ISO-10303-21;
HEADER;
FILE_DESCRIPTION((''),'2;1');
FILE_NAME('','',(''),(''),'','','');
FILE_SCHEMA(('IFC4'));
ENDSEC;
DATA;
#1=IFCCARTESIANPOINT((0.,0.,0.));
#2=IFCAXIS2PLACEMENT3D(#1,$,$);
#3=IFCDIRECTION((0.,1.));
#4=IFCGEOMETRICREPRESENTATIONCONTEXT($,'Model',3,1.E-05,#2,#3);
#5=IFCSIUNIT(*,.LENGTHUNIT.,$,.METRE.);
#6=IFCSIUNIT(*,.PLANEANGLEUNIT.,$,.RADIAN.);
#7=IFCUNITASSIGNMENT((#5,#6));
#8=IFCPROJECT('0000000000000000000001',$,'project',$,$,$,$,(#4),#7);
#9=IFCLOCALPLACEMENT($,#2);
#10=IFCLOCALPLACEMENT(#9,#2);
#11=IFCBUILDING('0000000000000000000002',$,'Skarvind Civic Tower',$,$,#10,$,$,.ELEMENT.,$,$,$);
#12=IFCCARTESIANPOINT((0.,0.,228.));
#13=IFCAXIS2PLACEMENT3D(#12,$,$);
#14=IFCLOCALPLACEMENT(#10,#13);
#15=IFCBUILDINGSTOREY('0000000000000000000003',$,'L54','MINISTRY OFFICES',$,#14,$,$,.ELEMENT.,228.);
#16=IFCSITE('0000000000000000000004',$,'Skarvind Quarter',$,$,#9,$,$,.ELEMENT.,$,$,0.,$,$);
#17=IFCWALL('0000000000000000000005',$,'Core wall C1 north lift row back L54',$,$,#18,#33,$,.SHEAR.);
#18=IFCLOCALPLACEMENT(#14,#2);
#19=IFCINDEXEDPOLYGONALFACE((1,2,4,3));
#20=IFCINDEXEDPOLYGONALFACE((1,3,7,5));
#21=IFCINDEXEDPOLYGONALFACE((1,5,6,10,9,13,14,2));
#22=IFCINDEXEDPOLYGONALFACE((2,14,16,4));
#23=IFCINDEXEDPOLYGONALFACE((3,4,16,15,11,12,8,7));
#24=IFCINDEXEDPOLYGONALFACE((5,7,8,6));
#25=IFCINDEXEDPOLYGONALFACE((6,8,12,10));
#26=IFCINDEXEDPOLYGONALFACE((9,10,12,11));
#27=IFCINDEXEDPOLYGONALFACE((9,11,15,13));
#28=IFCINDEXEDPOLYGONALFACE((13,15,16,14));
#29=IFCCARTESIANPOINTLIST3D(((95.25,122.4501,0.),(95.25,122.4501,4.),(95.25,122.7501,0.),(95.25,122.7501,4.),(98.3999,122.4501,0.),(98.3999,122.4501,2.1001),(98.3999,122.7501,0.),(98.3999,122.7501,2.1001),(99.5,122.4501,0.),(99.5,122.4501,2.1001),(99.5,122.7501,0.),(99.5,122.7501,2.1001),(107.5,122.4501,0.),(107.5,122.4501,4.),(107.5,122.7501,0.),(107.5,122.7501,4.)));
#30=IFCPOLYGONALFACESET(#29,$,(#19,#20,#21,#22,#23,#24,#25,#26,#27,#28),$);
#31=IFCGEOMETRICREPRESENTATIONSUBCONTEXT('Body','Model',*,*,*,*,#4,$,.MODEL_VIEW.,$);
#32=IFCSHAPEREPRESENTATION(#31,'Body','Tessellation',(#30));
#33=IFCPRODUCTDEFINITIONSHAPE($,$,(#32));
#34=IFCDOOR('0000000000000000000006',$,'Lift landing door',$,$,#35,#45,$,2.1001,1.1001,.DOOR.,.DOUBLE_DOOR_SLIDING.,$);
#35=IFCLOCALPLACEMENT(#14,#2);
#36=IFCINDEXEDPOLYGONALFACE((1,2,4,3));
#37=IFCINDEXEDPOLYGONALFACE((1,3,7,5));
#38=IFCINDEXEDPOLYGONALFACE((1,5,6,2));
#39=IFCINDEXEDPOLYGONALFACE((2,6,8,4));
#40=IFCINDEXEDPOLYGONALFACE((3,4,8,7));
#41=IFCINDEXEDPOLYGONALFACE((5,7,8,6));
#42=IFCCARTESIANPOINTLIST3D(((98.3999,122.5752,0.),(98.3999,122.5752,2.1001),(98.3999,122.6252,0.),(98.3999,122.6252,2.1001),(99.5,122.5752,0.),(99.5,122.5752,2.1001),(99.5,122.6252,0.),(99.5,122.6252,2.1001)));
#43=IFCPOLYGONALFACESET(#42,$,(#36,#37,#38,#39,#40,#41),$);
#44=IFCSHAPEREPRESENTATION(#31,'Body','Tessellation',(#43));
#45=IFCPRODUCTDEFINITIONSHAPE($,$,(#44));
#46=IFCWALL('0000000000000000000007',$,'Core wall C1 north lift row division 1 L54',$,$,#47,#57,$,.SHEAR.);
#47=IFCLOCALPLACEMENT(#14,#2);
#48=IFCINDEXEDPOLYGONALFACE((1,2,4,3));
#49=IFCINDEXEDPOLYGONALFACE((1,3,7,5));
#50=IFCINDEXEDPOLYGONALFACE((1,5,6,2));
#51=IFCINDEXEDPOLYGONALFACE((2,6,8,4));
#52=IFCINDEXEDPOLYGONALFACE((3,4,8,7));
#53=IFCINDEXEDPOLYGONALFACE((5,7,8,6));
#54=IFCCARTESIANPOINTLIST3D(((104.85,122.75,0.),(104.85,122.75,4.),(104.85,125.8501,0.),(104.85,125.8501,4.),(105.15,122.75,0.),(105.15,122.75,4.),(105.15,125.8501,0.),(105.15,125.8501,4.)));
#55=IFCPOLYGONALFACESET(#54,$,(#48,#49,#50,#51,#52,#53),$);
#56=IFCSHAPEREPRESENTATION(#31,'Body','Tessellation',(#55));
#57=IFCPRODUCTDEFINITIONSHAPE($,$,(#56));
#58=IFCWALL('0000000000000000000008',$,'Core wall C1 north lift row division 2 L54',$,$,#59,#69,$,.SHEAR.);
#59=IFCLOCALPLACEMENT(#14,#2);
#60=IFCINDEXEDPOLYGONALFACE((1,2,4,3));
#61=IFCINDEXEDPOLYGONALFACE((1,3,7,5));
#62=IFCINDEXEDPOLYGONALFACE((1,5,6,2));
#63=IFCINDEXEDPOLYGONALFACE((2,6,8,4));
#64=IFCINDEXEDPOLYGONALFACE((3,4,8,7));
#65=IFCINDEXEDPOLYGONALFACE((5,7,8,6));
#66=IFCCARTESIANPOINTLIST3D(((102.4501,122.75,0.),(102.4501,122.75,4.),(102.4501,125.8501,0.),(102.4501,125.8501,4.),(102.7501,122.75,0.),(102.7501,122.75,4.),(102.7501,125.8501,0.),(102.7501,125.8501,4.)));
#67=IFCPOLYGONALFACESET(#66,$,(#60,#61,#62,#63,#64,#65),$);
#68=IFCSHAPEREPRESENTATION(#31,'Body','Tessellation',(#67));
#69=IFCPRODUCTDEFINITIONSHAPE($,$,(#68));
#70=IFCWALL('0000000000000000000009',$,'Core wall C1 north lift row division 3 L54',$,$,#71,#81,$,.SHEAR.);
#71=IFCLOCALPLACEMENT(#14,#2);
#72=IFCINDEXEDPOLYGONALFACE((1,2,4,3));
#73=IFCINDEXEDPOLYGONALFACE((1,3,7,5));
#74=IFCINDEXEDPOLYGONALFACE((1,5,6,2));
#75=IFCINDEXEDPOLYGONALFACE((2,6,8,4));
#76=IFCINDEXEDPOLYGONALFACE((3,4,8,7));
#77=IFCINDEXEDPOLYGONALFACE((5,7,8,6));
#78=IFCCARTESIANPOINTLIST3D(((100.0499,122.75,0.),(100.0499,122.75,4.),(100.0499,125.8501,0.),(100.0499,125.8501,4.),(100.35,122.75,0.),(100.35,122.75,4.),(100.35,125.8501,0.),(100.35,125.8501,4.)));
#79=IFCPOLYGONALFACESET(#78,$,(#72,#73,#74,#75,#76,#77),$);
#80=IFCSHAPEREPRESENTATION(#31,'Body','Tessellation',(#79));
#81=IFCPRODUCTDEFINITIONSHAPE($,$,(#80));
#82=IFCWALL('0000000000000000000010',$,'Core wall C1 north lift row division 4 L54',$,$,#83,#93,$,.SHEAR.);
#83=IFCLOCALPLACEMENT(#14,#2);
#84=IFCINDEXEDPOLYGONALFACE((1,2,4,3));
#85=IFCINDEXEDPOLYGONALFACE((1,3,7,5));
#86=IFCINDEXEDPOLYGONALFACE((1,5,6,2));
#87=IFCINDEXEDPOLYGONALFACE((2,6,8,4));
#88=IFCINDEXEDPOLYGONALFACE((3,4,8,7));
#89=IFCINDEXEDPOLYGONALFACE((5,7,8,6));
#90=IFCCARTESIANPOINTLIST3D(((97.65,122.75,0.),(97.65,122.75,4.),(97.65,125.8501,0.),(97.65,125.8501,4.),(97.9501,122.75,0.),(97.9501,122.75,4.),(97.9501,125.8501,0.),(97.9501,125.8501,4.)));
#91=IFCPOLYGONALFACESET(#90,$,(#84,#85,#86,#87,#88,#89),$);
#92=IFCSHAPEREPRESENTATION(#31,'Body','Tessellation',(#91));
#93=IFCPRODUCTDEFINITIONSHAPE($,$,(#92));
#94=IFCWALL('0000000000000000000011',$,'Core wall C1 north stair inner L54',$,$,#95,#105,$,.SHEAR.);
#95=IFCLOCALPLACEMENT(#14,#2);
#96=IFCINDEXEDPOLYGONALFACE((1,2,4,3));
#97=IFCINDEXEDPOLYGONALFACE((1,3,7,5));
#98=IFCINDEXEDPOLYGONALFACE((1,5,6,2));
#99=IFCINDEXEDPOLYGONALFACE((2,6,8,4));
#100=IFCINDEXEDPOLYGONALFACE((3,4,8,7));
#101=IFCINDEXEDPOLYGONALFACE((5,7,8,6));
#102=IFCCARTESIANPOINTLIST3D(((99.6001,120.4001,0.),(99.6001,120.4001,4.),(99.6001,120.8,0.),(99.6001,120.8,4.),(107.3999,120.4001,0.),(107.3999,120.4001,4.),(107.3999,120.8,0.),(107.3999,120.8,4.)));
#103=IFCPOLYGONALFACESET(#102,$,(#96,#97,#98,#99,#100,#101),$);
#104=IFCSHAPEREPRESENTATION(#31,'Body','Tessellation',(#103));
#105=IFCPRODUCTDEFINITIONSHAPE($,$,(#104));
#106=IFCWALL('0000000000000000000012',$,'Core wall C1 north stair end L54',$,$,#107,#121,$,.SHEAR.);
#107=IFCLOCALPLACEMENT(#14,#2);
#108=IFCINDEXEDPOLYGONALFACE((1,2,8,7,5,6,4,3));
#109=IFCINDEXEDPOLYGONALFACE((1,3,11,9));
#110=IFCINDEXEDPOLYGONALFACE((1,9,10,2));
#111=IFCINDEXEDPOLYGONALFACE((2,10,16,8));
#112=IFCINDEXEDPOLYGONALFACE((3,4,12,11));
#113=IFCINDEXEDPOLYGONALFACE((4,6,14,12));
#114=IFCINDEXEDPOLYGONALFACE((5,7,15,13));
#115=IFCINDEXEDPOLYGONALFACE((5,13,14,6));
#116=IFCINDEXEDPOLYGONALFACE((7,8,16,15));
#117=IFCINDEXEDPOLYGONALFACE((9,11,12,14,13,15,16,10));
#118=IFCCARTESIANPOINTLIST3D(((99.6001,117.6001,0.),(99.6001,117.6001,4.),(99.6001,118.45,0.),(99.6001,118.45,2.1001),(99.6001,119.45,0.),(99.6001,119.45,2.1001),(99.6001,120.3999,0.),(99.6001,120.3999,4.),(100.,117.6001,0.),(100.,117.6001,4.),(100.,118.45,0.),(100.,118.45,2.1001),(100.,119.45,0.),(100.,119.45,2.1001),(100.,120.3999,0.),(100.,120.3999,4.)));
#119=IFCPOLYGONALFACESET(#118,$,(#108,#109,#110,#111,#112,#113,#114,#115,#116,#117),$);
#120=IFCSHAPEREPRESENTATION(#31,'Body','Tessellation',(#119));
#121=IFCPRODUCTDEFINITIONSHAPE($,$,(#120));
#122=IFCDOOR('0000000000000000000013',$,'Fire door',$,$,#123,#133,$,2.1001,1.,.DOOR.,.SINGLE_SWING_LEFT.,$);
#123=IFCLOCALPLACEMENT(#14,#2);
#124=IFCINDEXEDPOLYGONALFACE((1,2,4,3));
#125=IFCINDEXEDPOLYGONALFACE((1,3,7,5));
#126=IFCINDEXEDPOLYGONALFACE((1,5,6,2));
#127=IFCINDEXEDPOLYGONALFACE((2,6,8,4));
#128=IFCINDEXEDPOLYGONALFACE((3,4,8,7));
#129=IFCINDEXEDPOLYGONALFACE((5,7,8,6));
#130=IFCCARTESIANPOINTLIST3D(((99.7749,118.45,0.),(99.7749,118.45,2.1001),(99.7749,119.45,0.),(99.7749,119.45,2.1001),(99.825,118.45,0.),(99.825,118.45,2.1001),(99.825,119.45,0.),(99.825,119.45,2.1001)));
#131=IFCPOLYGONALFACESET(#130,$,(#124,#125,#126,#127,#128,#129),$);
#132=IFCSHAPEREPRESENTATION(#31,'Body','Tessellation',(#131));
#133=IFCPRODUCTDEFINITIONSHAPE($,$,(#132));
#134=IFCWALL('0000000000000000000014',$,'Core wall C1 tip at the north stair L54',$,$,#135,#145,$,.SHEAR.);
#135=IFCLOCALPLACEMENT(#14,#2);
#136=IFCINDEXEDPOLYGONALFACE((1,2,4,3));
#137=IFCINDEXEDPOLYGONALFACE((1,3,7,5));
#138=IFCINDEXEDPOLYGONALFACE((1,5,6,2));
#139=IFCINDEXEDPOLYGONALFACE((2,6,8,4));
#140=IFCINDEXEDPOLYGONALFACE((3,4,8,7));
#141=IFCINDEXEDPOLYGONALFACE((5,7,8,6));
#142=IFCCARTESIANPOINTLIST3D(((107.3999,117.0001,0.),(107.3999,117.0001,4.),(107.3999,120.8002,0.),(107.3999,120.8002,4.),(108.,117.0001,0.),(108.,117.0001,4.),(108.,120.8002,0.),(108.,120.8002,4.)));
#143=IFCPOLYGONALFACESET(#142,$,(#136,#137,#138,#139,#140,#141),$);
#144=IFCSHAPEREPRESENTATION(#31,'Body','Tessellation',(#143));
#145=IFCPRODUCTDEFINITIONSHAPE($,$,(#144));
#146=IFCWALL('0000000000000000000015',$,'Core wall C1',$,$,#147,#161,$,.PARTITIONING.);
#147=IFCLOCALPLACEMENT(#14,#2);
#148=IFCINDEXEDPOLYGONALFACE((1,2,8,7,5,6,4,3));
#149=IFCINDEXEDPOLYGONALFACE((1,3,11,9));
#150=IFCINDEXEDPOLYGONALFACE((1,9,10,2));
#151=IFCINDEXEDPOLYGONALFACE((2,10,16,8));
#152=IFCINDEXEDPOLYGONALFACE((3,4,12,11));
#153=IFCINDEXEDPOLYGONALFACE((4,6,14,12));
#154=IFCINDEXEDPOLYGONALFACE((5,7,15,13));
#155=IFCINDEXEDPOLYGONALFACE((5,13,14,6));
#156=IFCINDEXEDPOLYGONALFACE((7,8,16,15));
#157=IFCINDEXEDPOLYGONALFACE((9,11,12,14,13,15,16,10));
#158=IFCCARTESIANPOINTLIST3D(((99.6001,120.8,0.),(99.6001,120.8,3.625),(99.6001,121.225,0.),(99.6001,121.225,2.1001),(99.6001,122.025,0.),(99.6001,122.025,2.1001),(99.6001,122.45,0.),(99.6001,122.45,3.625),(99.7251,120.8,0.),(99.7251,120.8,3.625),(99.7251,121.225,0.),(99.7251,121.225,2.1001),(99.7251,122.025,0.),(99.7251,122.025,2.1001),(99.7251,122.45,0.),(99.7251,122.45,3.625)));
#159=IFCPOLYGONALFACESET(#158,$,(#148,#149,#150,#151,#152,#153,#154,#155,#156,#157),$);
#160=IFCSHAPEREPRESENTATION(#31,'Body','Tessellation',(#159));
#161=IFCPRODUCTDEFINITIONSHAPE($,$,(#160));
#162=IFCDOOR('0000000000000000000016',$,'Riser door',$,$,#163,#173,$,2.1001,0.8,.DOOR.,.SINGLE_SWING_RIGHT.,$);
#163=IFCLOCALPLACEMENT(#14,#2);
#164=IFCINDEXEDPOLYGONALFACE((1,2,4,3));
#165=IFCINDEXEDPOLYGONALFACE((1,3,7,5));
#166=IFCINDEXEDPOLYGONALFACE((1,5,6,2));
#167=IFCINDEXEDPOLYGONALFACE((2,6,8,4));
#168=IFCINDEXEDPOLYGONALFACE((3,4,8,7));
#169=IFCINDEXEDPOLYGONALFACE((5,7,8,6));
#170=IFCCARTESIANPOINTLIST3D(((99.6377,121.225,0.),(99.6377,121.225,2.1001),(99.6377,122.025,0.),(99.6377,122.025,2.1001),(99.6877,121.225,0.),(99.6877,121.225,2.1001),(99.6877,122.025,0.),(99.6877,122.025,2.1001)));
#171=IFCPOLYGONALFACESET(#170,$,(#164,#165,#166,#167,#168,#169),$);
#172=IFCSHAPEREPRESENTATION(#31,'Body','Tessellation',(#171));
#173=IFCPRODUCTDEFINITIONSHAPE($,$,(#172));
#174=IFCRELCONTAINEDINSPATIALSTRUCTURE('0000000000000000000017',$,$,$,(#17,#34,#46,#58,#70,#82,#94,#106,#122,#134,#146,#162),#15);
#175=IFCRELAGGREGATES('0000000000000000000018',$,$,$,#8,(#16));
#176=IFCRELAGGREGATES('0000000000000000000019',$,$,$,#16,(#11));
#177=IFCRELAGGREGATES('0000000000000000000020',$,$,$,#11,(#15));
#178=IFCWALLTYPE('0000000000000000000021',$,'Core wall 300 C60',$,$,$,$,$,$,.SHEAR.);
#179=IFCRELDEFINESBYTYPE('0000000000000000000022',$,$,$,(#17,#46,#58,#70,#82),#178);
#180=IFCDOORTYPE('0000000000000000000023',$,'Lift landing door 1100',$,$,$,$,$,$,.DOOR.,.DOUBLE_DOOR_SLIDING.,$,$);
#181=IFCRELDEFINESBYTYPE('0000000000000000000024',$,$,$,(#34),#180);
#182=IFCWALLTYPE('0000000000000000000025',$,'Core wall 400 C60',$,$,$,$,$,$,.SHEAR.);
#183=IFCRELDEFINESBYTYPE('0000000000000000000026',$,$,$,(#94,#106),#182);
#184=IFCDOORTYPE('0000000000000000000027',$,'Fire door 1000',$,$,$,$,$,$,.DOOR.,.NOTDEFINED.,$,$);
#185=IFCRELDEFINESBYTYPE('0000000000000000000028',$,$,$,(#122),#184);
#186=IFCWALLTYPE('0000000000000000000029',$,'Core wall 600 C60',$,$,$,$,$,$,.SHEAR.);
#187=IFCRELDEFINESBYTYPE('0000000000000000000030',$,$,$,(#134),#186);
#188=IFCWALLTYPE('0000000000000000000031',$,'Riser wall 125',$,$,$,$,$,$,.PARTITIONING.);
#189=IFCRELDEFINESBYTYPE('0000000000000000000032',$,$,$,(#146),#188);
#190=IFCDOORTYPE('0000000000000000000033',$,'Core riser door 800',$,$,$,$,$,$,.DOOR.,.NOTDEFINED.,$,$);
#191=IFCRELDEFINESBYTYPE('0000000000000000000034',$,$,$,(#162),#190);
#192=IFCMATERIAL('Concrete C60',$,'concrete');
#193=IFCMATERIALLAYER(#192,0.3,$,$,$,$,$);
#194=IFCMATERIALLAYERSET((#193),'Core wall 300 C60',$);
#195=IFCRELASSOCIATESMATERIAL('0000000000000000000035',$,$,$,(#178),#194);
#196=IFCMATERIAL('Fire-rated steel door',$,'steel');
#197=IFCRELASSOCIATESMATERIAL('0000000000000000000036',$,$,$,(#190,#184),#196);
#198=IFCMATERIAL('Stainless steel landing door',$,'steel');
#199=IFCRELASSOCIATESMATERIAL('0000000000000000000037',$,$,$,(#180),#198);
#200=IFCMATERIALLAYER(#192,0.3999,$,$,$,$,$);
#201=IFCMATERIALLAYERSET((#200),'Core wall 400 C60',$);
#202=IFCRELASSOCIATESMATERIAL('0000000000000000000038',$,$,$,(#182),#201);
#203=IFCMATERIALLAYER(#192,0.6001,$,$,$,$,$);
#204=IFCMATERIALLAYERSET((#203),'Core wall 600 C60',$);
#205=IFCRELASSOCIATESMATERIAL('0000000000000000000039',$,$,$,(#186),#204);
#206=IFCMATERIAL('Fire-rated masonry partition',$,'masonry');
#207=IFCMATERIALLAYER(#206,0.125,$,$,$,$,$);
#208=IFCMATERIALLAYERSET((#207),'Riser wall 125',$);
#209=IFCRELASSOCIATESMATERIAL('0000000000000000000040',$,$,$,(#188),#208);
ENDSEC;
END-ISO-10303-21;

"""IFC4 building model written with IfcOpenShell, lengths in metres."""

from ifc_helpers import new_model, si_unit, direction, frame, frame_2d, origin, place, context, subcontext, project, spatial, rectangle, extrude, material, layer, layer_set, type_object, element, fill, save


model = new_model("IFC4")

# Units and contexts
model_context = context("Model", 3, precision=1e-05, world=origin(), true_north=direction((0.0, 1.0)))
body_context = subcontext(model_context, "Body", "Model", "MODEL_VIEW")
ifc_project = project(units=[si_unit("LENGTHUNIT", "METRE"), si_unit("PLANEANGLEUNIT", "RADIAN")], contexts=[model_context])

# Site, building, storey
site_placement = place(None, origin())
site = spatial("IfcSite", under=ifc_project, at=site_placement, Name="Skarvind Quarter", CompositionType="ELEMENT", RefElevation=0.0)
building_placement = place(site_placement, origin())
building = spatial("IfcBuilding", under=site, at=building_placement, Name="Skarvind Civic Tower", CompositionType="ELEMENT")
storey_placement = place(building_placement, frame((0.0, 0.0, 228.0)))
storey = spatial("IfcBuildingStorey", under=building, at=storey_placement, Name="L54", Description="MINISTRY OFFICES", CompositionType="ELEMENT", Elevation=228.0)

# Shared definitions
ifc_material_1 = material(Name="Concrete C60", Category="concrete")
ifc_layer_1 = layer(ifc_material_1, 0.3)
ifc_layer_set_1 = layer_set([ifc_layer_1], Name="Core wall 300 C60")
wall_type_1 = type_object("IfcWallType", Name="Core wall 300 C60", PredefinedType="SHEAR", material=ifc_layer_set_1)
ifc_material_2 = material(Name="Fire-rated steel door", Category="steel")
door_type_1 = type_object("IfcDoorType", Name="Core riser door 800", OperationType="NOTDEFINED", PredefinedType="DOOR", material=ifc_material_2)

# Shared definitions
ifc_material_3 = material(Name="Stainless steel landing door", Category="steel")
door_type_2 = type_object("IfcDoorType", Name="Lift landing door 1100", OperationType="DOUBLE_DOOR_SLIDING", PredefinedType="DOOR", material=ifc_material_3)

# Wall, opening, door
wall_1_placement = place(storey_placement, frame((107.5, 122.6001, 0.0), z_axis=(0.0, 0.0, 1.0), x_axis=(-1.0, 0.0, 0.0)))
wall_1 = element("IfcWall", 1, at=wall_1_placement, inside=storey, type_object=wall_type_1, Name="Core wall C1 north lift row back L54", PredefinedType="SHEAR", context=body_context, shape_type="SweptSolid", body=[
    extrude(rectangle(XDim=12.25, YDim=0.3, at=frame_2d((6.125, 0.0))), origin(), (0.0, 0.0, 1.0), 4.0),
])
opening_1_placement = place(wall_1_placement, frame((8.0, 0.0, 0.0)))
opening_1 = element("IfcOpeningElement", 2, at=opening_1_placement, cuts=wall_1, PredefinedType="OPENING", context=body_context, shape_type="SweptSolid", body=[
    extrude(rectangle(XDim=1.1001, YDim=2.1001, at=frame_2d((0.55, 1.05))), frame((0.0, 0.1599, 0.0), z_axis=(0.0, -1.0, 0.0), x_axis=(1.0, 0.0, 0.0)), (0.0, 0.0, 1.0), 0.3201),
])
door_1_placement = place(opening_1_placement, origin())
door_1 = element("IfcDoor", 3, at=door_1_placement, inside=storey, type_object=door_type_2, Name="Lift landing door", OperationType="DOUBLE_DOOR_SLIDING", OverallHeight=2.1001, OverallWidth=1.1001, PredefinedType="DOOR", context=body_context, shape_type="SweptSolid", body=[
    extrude(rectangle(XDim=1.1001, YDim=2.1001, at=frame_2d((0.55, 1.05))), frame((0.0, 0.0249, 0.0), z_axis=(0.0, -1.0, 0.0), x_axis=(1.0, 0.0, 0.0)), (0.0, 0.0, 1.0), 0.05),
])
fill(opening_1, door_1)

# Walls
for number, where, z_axis, x_axis, name in (
    (4, (105.0, 125.8501, 0.0), (0.0, 0.0, 1.0), (0.0, -1.0, 0.0), "Core wall C1 north lift row division 1 L54"),
    (5, (102.6001, 125.8501, 0.0), (0.0, 0.0, 1.0), (0.0, -1.0, 0.0), "Core wall C1 north lift row division 2 L54"),
    (6, (100.2, 125.8501, 0.0), (0.0, 0.0, 1.0), (0.0, -1.0, 0.0), "Core wall C1 north lift row division 3 L54"),
    (7, (97.8, 125.8501, 0.0), (0.0, 0.0, 1.0), (0.0, -1.0, 0.0), "Core wall C1 north lift row division 4 L54"),
):
    element("IfcWall", number, at=place(storey_placement, frame(where, z_axis=z_axis, x_axis=x_axis)), inside=storey, type_object=wall_type_1, Name=name, PredefinedType="SHEAR", context=body_context, shape_type="SweptSolid", body=[
        extrude(rectangle(XDim=3.1001, YDim=0.3, at=frame_2d((1.55, 0.0))), origin(), (0.0, 0.0, 1.0), 4.0),
    ])
ifc_layer_2 = layer(ifc_material_1, 0.3999)
ifc_layer_set_2 = layer_set([ifc_layer_2], Name="Core wall 400 C60")
wall_type_2 = type_object("IfcWallType", Name="Core wall 400 C60", PredefinedType="SHEAR", material=ifc_layer_set_2)
wall_2_placement = place(storey_placement, frame((107.3999, 120.6001, 0.0), z_axis=(0.0, 0.0, 1.0), x_axis=(-1.0, 0.0, 0.0)))
element("IfcWall", 8, at=wall_2_placement, inside=storey, type_object=wall_type_2, Name="Core wall C1 north stair inner L54", PredefinedType="SHEAR", context=body_context, shape_type="SweptSolid", body=[
    extrude(rectangle(XDim=7.7998, YDim=0.3999, at=frame_2d((3.8999, 0.0))), origin(), (0.0, 0.0, 1.0), 4.0),
])

# Wall, opening, door
wall_3_placement = place(storey_placement, frame((99.8, 120.3999, 0.0), z_axis=(0.0, 0.0, 1.0), x_axis=(0.0, -1.0, 0.0)))
wall_3 = element("IfcWall", 9, at=wall_3_placement, inside=storey, type_object=wall_type_2, Name="Core wall C1 north stair end L54", PredefinedType="SHEAR", context=body_context, shape_type="SweptSolid", body=[
    extrude(rectangle(XDim=2.7998, YDim=0.3999, at=frame_2d((1.3999, 0.0))), origin(), (0.0, 0.0, 1.0), 4.0),
])
opening_2_placement = place(wall_3_placement, frame((0.95, 0.0, 0.0)))
opening_2 = element("IfcOpeningElement", 10, at=opening_2_placement, cuts=wall_3, PredefinedType="OPENING", context=body_context, shape_type="SweptSolid", body=[
    extrude(rectangle(XDim=1.0, YDim=2.1001, at=frame_2d((0.5, 1.05))), frame((0.0, 0.21, 0.0), z_axis=(0.0, -1.0, 0.0), x_axis=(1.0, 0.0, 0.0)), (0.0, 0.0, 1.0), 0.4199),
])
door_type_3 = type_object("IfcDoorType", Name="Fire door 1000", OperationType="NOTDEFINED", PredefinedType="DOOR", material=ifc_material_2)
door_2_placement = place(opening_2_placement, origin())
door_2 = element("IfcDoor", 11, at=door_2_placement, inside=storey, type_object=door_type_3, Name="Fire door", OperationType="SINGLE_SWING_LEFT", OverallHeight=2.1001, OverallWidth=1.0, PredefinedType="DOOR", context=body_context, shape_type="SweptSolid", body=[
    extrude(rectangle(XDim=1.0, YDim=2.1001, at=frame_2d((0.5, 1.05))), frame((0.0, 0.0249, 0.0), z_axis=(0.0, -1.0, 0.0), x_axis=(1.0, 0.0, 0.0)), (0.0, 0.0, 1.0), 0.05),
])
fill(opening_2, door_2)

# Wall
ifc_layer_3 = layer(ifc_material_1, 0.6001)
ifc_layer_set_3 = layer_set([ifc_layer_3], Name="Core wall 600 C60")
wall_type_3 = type_object("IfcWallType", Name="Core wall 600 C60", PredefinedType="SHEAR", material=ifc_layer_set_3)
wall_4_placement = place(storey_placement, frame((107.7, 120.8, 0.0), z_axis=(0.0, 0.0, 1.0), x_axis=(0.0, -1.0, 0.0)))
element("IfcWall", 12, at=wall_4_placement, inside=storey, type_object=wall_type_3, Name="Core wall C1 tip at the north stair L54", PredefinedType="SHEAR", context=body_context, shape_type="SweptSolid", body=[
    extrude(rectangle(XDim=3.8, YDim=0.6001, at=frame_2d((1.8999, 0.0))), origin(), (0.0, 0.0, 1.0), 4.0),
])

# Wall, opening, door
ifc_material_4 = material(Name="Fire-rated masonry partition", Category="masonry")
ifc_layer_4 = layer(ifc_material_4, 0.125)
ifc_layer_set_4 = layer_set([ifc_layer_4], Name="Riser wall 125")
wall_type_4 = type_object("IfcWallType", Name="Riser wall 125", PredefinedType="PARTITIONING", material=ifc_layer_set_4)
wall_5_placement = place(storey_placement, frame((99.6626, 120.8, 0.0), z_axis=(0.0, 0.0, 1.0), x_axis=(0.0, 1.0, 0.0)))
wall_5 = element("IfcWall", 13, at=wall_5_placement, inside=storey, type_object=wall_type_4, Name="Core wall C1", PredefinedType="PARTITIONING", context=body_context, shape_type="SweptSolid", body=[
    extrude(rectangle(XDim=1.6499, YDim=0.125, at=frame_2d((0.825, 0.0))), origin(), (0.0, 0.0, 1.0), 3.625),
])
opening_3_placement = place(wall_5_placement, frame((0.425, 0.0, 0.0)))
opening_3 = element("IfcOpeningElement", 14, at=opening_3_placement, cuts=wall_5, PredefinedType="OPENING", context=body_context, shape_type="SweptSolid", body=[
    extrude(rectangle(XDim=0.8, YDim=2.1001, at=frame_2d((0.3999, 1.05))), frame((0.0, 0.0725, 0.0), z_axis=(0.0, -1.0, 0.0), x_axis=(1.0, 0.0, 0.0)), (0.0, 0.0, 1.0), 0.145),
])
door_3_placement = place(opening_3_placement, origin())
door_3 = element("IfcDoor", 15, at=door_3_placement, inside=storey, type_object=door_type_1, Name="Riser door", OperationType="SINGLE_SWING_RIGHT", OverallHeight=2.1001, OverallWidth=0.8, PredefinedType="DOOR", context=body_context, shape_type="SweptSolid", body=[
    extrude(rectangle(XDim=0.8, YDim=2.1001, at=frame_2d((0.3999, 1.05))), frame((0.0, 0.0249, 0.0), z_axis=(0.0, -1.0, 0.0), x_axis=(1.0, 0.0, 0.0)), (0.0, 0.0, 1.0), 0.05),
])
fill(opening_3, door_3)

save(model, "model.ifc")
